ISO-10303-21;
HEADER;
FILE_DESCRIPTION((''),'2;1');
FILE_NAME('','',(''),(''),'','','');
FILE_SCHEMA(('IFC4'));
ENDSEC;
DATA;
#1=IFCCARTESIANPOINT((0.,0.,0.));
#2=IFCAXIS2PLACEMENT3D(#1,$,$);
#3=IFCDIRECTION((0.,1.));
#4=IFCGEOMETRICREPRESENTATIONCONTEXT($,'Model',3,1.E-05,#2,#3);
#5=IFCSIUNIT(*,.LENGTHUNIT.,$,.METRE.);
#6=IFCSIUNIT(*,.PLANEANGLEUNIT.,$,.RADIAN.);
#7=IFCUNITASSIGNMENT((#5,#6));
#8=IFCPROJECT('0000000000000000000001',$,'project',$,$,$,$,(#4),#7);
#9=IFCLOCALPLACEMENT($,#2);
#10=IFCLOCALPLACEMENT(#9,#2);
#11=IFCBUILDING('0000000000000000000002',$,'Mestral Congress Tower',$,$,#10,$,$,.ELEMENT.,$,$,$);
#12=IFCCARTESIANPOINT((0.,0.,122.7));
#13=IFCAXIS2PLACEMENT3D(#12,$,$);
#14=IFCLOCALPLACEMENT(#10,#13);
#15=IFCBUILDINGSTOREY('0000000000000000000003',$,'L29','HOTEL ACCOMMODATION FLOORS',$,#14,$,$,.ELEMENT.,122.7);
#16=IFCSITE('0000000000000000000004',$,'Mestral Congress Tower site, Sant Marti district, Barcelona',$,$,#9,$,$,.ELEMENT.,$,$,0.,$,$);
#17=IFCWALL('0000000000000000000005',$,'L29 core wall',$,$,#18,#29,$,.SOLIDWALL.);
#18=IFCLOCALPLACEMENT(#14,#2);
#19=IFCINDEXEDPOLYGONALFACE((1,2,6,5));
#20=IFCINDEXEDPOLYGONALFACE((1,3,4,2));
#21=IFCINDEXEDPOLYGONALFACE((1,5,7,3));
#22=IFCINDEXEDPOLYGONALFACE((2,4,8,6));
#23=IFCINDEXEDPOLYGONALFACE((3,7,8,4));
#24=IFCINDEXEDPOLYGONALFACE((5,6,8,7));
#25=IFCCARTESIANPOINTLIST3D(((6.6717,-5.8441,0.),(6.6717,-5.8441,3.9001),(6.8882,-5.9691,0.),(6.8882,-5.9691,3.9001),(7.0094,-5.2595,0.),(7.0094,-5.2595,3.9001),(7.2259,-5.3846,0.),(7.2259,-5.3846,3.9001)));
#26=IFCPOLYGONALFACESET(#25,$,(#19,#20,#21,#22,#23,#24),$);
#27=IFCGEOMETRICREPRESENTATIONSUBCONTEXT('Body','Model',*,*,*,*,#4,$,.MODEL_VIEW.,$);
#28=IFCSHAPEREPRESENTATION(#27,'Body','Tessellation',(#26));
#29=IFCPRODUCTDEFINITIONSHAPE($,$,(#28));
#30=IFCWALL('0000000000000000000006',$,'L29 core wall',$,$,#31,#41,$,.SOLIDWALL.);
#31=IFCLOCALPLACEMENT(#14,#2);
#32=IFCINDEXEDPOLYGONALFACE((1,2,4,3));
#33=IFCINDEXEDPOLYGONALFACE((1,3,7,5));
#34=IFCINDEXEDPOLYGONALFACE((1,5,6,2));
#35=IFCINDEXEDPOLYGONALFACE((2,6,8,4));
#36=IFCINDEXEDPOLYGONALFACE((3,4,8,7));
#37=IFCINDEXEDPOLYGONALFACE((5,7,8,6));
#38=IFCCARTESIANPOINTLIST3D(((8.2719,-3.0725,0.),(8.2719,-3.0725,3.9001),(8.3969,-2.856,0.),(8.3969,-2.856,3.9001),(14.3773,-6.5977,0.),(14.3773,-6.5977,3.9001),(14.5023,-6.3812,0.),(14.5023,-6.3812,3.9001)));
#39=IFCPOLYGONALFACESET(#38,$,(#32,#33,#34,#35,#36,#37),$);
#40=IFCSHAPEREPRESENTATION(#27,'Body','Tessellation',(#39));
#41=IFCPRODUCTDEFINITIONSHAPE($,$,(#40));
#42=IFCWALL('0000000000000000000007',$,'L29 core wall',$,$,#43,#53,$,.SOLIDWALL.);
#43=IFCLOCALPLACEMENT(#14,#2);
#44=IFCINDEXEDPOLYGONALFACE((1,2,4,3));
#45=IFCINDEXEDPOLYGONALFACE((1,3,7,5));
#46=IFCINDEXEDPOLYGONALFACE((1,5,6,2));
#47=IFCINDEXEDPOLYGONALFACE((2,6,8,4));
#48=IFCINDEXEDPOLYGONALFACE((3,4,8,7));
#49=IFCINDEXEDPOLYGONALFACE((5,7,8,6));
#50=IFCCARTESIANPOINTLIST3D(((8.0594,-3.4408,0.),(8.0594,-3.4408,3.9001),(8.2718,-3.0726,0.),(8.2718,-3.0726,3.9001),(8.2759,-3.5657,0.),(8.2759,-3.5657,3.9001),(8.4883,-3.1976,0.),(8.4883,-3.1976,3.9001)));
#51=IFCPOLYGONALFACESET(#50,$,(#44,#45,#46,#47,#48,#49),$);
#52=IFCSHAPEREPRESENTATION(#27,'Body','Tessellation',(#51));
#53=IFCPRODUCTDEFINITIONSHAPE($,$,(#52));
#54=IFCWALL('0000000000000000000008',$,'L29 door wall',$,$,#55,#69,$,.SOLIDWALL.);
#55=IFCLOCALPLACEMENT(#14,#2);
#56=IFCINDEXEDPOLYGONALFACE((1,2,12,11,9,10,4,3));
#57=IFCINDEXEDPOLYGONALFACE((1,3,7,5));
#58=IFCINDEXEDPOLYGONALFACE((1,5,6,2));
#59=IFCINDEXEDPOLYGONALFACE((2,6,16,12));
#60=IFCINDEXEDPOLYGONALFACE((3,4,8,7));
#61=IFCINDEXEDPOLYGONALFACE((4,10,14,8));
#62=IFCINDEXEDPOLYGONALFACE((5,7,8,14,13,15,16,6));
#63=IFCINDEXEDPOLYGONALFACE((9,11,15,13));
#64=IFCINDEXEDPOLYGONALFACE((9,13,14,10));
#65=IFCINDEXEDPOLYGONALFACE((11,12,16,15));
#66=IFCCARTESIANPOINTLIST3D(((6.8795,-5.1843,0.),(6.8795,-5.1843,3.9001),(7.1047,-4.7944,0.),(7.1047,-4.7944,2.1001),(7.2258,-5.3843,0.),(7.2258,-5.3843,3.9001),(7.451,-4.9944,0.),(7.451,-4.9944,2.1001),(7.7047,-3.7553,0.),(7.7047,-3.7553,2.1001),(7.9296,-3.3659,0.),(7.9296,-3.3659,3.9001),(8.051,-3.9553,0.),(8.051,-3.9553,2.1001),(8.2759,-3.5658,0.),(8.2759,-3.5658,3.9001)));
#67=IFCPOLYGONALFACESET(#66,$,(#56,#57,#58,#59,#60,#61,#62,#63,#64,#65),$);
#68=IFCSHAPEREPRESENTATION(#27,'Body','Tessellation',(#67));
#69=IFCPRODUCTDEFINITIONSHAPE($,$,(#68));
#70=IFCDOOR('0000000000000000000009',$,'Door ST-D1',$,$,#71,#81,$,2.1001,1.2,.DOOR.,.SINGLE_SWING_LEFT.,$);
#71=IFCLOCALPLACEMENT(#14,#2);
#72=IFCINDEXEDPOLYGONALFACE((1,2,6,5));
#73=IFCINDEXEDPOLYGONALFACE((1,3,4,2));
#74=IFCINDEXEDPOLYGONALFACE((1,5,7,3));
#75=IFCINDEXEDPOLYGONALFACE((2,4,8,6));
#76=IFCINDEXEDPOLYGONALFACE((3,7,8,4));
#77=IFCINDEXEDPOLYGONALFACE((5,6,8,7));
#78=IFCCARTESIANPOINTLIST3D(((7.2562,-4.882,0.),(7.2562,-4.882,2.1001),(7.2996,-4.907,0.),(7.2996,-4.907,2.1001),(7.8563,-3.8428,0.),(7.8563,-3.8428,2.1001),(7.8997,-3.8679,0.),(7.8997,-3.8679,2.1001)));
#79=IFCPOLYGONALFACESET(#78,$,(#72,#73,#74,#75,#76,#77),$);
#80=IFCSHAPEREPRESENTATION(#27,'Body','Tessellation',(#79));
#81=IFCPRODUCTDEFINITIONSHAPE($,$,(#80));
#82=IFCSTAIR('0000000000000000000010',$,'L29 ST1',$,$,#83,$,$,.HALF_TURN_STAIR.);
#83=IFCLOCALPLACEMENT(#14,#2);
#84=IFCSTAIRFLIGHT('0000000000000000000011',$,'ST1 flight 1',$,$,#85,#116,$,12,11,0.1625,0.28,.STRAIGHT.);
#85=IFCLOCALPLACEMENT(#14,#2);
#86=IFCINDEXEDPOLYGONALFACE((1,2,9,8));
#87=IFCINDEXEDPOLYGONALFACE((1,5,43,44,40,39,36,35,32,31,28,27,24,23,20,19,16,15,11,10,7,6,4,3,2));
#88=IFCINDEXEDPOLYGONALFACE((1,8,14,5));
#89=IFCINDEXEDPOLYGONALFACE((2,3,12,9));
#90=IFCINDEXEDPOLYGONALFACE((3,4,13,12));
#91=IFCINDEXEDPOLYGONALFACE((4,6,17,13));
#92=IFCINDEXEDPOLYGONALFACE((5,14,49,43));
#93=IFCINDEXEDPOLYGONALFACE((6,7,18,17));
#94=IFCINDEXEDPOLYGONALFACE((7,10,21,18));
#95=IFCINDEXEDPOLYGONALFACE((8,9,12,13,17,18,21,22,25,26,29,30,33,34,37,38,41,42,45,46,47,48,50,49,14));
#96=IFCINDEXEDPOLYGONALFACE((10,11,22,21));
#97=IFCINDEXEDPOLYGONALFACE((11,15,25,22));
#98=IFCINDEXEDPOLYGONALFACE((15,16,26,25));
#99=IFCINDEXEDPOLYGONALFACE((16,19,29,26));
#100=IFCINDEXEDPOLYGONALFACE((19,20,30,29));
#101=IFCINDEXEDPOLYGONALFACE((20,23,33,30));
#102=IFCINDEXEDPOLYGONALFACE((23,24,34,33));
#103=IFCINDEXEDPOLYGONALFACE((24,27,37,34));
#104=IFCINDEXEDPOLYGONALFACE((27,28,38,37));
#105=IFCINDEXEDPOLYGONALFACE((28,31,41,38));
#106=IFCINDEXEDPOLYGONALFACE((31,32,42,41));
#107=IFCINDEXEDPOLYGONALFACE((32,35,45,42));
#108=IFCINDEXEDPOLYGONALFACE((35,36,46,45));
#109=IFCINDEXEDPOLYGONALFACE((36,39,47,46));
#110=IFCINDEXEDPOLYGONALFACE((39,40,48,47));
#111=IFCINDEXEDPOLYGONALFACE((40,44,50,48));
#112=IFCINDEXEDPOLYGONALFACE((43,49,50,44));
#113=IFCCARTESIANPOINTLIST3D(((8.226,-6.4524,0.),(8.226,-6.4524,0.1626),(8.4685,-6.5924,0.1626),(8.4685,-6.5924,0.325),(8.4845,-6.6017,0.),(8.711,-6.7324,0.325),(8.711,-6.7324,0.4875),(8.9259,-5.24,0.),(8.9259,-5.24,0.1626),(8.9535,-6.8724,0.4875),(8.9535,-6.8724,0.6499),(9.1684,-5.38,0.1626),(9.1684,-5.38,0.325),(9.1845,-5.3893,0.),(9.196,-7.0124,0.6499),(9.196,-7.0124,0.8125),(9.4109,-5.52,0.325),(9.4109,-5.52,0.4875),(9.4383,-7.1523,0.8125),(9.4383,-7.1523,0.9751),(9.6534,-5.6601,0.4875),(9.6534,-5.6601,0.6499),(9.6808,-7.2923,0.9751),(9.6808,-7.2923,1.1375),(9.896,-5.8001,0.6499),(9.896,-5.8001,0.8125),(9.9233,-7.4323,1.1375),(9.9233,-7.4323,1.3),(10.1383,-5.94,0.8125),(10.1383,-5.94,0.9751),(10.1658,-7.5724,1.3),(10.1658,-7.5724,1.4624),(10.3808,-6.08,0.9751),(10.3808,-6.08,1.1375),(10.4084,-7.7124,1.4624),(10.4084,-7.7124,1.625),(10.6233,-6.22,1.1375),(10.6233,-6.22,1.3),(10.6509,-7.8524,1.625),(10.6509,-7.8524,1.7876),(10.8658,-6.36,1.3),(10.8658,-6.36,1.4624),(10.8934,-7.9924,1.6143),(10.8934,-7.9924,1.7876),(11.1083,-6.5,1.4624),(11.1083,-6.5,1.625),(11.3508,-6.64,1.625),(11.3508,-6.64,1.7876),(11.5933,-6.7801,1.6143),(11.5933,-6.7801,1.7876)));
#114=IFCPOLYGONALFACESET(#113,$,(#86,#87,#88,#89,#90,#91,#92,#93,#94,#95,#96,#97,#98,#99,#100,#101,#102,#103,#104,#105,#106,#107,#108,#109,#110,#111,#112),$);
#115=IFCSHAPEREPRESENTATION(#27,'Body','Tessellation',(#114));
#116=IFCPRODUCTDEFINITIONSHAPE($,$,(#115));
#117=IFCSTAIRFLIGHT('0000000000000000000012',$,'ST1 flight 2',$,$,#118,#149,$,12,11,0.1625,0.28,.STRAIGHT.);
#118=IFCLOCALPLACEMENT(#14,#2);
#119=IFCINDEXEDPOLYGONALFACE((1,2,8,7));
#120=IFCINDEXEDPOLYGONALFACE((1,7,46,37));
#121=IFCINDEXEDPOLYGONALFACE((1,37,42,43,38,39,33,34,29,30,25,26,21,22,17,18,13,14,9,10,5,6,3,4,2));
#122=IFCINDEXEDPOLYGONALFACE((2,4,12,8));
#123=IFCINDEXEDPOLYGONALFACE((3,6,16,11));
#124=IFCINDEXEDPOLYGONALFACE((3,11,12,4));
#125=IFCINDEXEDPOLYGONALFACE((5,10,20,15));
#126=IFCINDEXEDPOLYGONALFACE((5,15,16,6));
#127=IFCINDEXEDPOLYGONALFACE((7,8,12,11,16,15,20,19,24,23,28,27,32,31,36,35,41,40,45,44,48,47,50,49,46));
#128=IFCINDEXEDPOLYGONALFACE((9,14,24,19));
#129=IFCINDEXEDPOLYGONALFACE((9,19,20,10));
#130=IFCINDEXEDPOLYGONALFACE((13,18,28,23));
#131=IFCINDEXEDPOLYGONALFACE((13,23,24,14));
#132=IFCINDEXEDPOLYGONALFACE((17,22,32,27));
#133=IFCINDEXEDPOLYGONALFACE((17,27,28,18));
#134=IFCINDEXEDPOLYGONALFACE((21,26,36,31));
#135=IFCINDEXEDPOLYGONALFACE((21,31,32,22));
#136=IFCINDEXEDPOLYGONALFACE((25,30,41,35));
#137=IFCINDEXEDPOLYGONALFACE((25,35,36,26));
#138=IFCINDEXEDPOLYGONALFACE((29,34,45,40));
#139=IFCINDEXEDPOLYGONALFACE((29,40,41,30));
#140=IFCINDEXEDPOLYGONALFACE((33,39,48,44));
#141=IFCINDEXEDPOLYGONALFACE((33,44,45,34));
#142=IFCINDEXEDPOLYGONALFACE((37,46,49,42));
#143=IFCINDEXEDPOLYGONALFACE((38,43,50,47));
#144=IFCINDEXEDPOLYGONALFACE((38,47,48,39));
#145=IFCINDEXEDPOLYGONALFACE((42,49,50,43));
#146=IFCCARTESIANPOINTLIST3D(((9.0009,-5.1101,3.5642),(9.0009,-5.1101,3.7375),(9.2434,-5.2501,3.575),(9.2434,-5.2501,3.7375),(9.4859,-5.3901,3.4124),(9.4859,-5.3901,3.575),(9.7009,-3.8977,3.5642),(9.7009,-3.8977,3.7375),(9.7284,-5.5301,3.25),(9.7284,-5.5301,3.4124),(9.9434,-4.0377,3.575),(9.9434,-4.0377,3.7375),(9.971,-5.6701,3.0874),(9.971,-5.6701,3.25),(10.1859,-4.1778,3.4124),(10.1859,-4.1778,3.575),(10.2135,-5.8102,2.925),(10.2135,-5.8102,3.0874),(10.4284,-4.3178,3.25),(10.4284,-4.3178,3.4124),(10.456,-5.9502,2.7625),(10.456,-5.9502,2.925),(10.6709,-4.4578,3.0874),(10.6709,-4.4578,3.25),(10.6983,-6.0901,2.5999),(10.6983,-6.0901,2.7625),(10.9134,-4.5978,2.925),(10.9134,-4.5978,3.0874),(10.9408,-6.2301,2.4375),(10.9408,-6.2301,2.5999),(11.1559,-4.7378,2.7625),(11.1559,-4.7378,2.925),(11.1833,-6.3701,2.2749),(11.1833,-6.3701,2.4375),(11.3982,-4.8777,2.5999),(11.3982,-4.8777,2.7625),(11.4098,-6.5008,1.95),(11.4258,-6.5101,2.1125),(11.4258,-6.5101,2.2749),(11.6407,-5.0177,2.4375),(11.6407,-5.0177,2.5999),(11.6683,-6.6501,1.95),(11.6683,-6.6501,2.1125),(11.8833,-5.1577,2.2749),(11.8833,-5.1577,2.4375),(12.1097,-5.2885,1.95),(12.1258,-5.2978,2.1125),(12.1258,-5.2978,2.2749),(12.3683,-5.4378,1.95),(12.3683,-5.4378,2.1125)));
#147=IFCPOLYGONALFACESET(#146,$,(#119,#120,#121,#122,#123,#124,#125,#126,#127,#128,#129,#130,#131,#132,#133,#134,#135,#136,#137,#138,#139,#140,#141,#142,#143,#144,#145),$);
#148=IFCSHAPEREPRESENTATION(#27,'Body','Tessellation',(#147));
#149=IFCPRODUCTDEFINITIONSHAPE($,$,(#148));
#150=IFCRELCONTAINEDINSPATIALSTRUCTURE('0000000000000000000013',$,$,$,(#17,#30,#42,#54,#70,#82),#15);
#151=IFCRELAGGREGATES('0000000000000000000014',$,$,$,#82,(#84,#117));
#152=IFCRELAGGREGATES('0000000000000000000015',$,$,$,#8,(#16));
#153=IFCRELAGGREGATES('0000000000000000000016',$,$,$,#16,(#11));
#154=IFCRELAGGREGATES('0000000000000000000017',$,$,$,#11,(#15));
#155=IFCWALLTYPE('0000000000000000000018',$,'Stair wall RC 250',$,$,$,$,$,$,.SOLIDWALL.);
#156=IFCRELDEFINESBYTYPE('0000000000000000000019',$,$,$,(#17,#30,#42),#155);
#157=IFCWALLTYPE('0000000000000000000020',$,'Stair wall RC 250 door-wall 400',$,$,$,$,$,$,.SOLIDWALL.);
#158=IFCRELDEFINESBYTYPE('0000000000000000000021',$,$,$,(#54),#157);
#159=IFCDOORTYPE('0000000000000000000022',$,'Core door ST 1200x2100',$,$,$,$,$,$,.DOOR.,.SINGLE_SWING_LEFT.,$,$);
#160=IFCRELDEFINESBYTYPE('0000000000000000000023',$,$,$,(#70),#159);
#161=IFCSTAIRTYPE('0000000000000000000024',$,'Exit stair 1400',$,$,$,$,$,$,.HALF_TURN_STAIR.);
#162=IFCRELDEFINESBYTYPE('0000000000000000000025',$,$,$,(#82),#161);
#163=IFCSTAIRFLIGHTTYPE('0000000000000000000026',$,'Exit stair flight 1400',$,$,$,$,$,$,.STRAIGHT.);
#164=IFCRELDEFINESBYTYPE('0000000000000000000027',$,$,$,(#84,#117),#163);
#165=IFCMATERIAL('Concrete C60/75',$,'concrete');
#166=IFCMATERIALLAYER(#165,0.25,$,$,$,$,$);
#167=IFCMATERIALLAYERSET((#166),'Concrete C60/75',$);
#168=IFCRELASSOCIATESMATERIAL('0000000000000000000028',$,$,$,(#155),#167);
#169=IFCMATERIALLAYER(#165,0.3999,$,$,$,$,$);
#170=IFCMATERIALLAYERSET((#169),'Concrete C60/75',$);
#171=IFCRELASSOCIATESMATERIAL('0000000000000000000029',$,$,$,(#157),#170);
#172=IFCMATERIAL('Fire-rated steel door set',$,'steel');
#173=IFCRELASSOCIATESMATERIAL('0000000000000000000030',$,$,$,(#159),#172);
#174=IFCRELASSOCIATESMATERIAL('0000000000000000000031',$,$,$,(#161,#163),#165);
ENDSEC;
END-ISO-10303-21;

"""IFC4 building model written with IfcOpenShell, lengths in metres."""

from ifc_helpers import new_model, si_unit, direction, frame, frame_2d, origin, place, context, subcontext, project, spatial, polyline, rectangle, outline, extrude, material, layer, layer_set, type_object, element, fill, aggregate, save


model = new_model("IFC4")

# Units and contexts
model_context = context("Model", 3, precision=1e-05, world=origin(), true_north=direction((0.0, 1.0)))
body_context = subcontext(model_context, "Body", "Model", "MODEL_VIEW")
ifc_project = project(units=[si_unit("LENGTHUNIT", "METRE"), si_unit("PLANEANGLEUNIT", "RADIAN")], contexts=[model_context])

# Site, building, storey
site_placement = place(None, origin())
site = spatial("IfcSite", under=ifc_project, at=site_placement, Name="Mestral Congress Tower site, Sant Marti district, Barcelona", CompositionType="ELEMENT", RefElevation=0.0)
building_placement = place(site_placement, origin())
building = spatial("IfcBuilding", under=site, at=building_placement, Name="Mestral Congress Tower", CompositionType="ELEMENT")
storey_placement = place(building_placement, frame((0.0, 0.0, 122.7)))
storey = spatial("IfcBuildingStorey", under=building, at=storey_placement, Name="L29", Description="HOTEL ACCOMMODATION FLOORS", CompositionType="ELEMENT", Elevation=122.7)

# Shared definitions
ifc_material_1 = material(Name="Fire-rated steel door set", Category="steel")

# Walls
ifc_material_2 = material(Name="Concrete C60/75", Category="concrete")
ifc_layer_1 = layer(ifc_material_2, 0.25)
ifc_layer_set_1 = layer_set([ifc_layer_1], Name="Concrete C60/75")
wall_type_1 = type_object("IfcWallType", Name="Stair wall RC 250", PredefinedType="SOLIDWALL", material=ifc_layer_set_1)
wall_1_placement = place(storey_placement, frame((6.78, -5.9065, 0.0), z_axis=(0.0, 0.0, 1.0), x_axis=(0.500223, 0.865896, 0.0)))
element("IfcWall", 1, at=wall_1_placement, inside=storey, type_object=wall_type_1, Name="L29 core wall", PredefinedType="SOLIDWALL", context=body_context, shape_type="SweptSolid", body=[
    extrude(rectangle(XDim=0.675, YDim=0.25, at=frame_2d((0.3374, 0.0))), origin(), (0.0, 0.0, 1.0), 3.9001),
])
wall_2_placement = place(storey_placement, frame((8.3345, -2.9644, 0.0), z_axis=(0.0, 0.0, 1.0), x_axis=(0.866016, -0.500016, 0.0)))
element("IfcWall", 2, at=wall_2_placement, inside=storey, type_object=wall_type_1, Name="L29 core wall", PredefinedType="SOLIDWALL", context=body_context, shape_type="SweptSolid", body=[
    extrude(rectangle(XDim=7.05, YDim=0.25, at=frame_2d((3.5249, 0.0))), origin(), (0.0, 0.0, 1.0), 3.9001),
])
wall_3_placement = place(storey_placement, frame((8.1677, -3.5032, 0.0), z_axis=(0.0, 0.0, 1.0), x_axis=(0.499722, 0.866186, 0.0)))
element("IfcWall", 3, at=wall_3_placement, inside=storey, type_object=wall_type_1, Name="L29 core wall", PredefinedType="SOLIDWALL", context=body_context, shape_type="SweptSolid", body=[
    extrude(rectangle(XDim=0.425, YDim=0.25, at=frame_2d((0.2124, 0.0))), origin(), (0.0, 0.0, 1.0), 3.9001),
])

# Wall, opening, door
ifc_layer_2 = layer(ifc_material_2, 0.3999)
ifc_layer_set_2 = layer_set([ifc_layer_2], Name="Concrete C60/75")
wall_type_2 = type_object("IfcWallType", Name="Stair wall RC 250 door-wall 400", PredefinedType="SOLIDWALL", material=ifc_layer_set_2)
wall_4_placement = place(storey_placement, frame((7.0527, -5.2842, 0.0), z_axis=(0.0, 0.0, 1.0), x_axis=(0.500078, 0.86598, 0.0)))
wall_4 = element("IfcWall", 4, at=wall_4_placement, inside=storey, type_object=wall_type_2, Name="L29 door wall", PredefinedType="SOLIDWALL", context=body_context, shape_type="SweptSolid", body=[
    extrude(rectangle(XDim=2.0999, YDim=0.3999, at=frame_2d((1.0498, 0.0))), origin(), (0.0, 0.0, 1.0), 3.9001),
])
opening_1_placement = place(wall_4_placement, frame((0.45, 0.0, 0.0)))
opening_1 = element("IfcOpeningElement", 5, at=opening_1_placement, cuts=wall_4, PredefinedType="OPENING", context=body_context, shape_type="SweptSolid", body=[
    extrude(rectangle(XDim=1.2, YDim=2.1001, at=frame_2d((0.6001, 1.05))), frame((0.0, 0.21, 0.0), z_axis=(0.0, -1.0, 0.0), x_axis=(1.0, 0.0, 0.0)), (0.0, 0.0, 1.0), 0.4199),
])
door_type_1 = type_object("IfcDoorType", Name="Core door ST 1200x2100", OperationType="SINGLE_SWING_LEFT", PredefinedType="DOOR", material=ifc_material_1)
door_1_placement = place(opening_1_placement, origin())
door_1 = element("IfcDoor", 6, at=door_1_placement, inside=storey, type_object=door_type_1, Name="Door ST-D1", OperationType="SINGLE_SWING_LEFT", OverallHeight=2.1001, OverallWidth=1.2, PredefinedType="DOOR", context=body_context, shape_type="SweptSolid", body=[
    extrude(rectangle(XDim=1.2, YDim=2.1001, at=frame_2d((0.6001, 1.05))), frame((0.0, 0.0249, 0.0), z_axis=(0.0, -1.0, 0.0), x_axis=(1.0, 0.0, 0.0)), (0.0, 0.0, 1.0), 0.05),
])
fill(opening_1, door_1)

# Stair, stair flights
stair_type = type_object("IfcStairType", Name="Exit stair 1400", PredefinedType="HALF_TURN_STAIR", material=ifc_material_2)
stair_placement = place(storey_placement, origin())
stair = element("IfcStair", 7, at=stair_placement, inside=storey, type_object=stair_type, Name="L29 ST1", PredefinedType="HALF_TURN_STAIR")
stair_flight_type = type_object("IfcStairFlightType", Name="Exit stair flight 1400", PredefinedType="STRAIGHT", material=ifc_material_2)
stair_flight_1_placement = place(storey_placement, frame((8.5759, -5.8462, 0.0), z_axis=(0.0, 0.0, 1.0), x_axis=(0.866025, -0.5, 0.0)))
stair_flight_1 = element("IfcStairFlight", 8, at=stair_flight_1_placement, type_object=stair_flight_type, Name="ST1 flight 1", NumberOfRisers=12, NumberOfTreads=11, PredefinedType="STRAIGHT", RiserHeight=0.1625, TreadLength=0.28, context=body_context, shape_type="SweptSolid", body=[
    extrude(outline(polyline([(0.0, 0.0), (0.0, 0.1626), (0.28, 0.1626), (0.28, 0.325), (0.5601, 0.325), (0.5601, 0.4875), (0.8401, 0.4875), (0.8401, 0.6499), (1.1201, 0.6499), (1.1201, 0.8125), (1.3999, 0.8125), (1.3999, 0.9751), (1.6799, 0.9751), (1.6799, 1.1375), (1.96, 1.1375), (1.96, 1.3), (2.24, 1.3), (2.24, 1.4624), (2.52, 1.4624), (2.52, 1.625), (2.8, 1.625), (2.8, 1.7876), (3.0801, 1.7876), (3.0801, 1.95), (3.0801, 1.6143), (0.2986, 0.0), (0.0, 0.0)])), frame((0.0, 0.7, 0.0), z_axis=(0.0, -1.0, 0.0), x_axis=(1.0, 0.0, 0.0)), (0.0, 0.0, 1.0), 1.3999),
])
stair_flight_2_placement = place(storey_placement, frame((12.0183, -6.0439, 1.95), z_axis=(0.0, 0.0, 1.0), x_axis=(-0.866025, 0.5, 0.0)))
stair_flight_2 = element("IfcStairFlight", 9, at=stair_flight_2_placement, type_object=stair_flight_type, Name="ST1 flight 2", NumberOfRisers=12, NumberOfTreads=11, PredefinedType="STRAIGHT", RiserHeight=0.1625, TreadLength=0.28, context=body_context, shape_type="SweptSolid", body=[
    extrude(outline(polyline([(0.0, 0.0), (0.0, 0.1626), (0.28, 0.1626), (0.28, 0.325), (0.5601, 0.325), (0.5601, 0.4875), (0.8401, 0.4875), (0.8401, 0.6499), (1.1201, 0.6499), (1.1201, 0.8125), (1.3999, 0.8125), (1.3999, 0.9751), (1.6799, 0.9751), (1.6799, 1.1375), (1.96, 1.1375), (1.96, 1.3), (2.24, 1.3), (2.24, 1.4624), (2.52, 1.4624), (2.52, 1.625), (2.8, 1.625), (2.8, 1.7876), (3.0801, 1.7876), (3.0801, 1.95), (3.0801, 1.6143), (0.2986, 0.0), (0.0, 0.0)])), frame((0.0, 0.7, 0.0), z_axis=(0.0, -1.0, 0.0), x_axis=(1.0, 0.0, 0.0)), (0.0, 0.0, 1.0), 1.3999),
])
aggregate(stair, [stair_flight_1, stair_flight_2])

save(model, "model.ifc")
